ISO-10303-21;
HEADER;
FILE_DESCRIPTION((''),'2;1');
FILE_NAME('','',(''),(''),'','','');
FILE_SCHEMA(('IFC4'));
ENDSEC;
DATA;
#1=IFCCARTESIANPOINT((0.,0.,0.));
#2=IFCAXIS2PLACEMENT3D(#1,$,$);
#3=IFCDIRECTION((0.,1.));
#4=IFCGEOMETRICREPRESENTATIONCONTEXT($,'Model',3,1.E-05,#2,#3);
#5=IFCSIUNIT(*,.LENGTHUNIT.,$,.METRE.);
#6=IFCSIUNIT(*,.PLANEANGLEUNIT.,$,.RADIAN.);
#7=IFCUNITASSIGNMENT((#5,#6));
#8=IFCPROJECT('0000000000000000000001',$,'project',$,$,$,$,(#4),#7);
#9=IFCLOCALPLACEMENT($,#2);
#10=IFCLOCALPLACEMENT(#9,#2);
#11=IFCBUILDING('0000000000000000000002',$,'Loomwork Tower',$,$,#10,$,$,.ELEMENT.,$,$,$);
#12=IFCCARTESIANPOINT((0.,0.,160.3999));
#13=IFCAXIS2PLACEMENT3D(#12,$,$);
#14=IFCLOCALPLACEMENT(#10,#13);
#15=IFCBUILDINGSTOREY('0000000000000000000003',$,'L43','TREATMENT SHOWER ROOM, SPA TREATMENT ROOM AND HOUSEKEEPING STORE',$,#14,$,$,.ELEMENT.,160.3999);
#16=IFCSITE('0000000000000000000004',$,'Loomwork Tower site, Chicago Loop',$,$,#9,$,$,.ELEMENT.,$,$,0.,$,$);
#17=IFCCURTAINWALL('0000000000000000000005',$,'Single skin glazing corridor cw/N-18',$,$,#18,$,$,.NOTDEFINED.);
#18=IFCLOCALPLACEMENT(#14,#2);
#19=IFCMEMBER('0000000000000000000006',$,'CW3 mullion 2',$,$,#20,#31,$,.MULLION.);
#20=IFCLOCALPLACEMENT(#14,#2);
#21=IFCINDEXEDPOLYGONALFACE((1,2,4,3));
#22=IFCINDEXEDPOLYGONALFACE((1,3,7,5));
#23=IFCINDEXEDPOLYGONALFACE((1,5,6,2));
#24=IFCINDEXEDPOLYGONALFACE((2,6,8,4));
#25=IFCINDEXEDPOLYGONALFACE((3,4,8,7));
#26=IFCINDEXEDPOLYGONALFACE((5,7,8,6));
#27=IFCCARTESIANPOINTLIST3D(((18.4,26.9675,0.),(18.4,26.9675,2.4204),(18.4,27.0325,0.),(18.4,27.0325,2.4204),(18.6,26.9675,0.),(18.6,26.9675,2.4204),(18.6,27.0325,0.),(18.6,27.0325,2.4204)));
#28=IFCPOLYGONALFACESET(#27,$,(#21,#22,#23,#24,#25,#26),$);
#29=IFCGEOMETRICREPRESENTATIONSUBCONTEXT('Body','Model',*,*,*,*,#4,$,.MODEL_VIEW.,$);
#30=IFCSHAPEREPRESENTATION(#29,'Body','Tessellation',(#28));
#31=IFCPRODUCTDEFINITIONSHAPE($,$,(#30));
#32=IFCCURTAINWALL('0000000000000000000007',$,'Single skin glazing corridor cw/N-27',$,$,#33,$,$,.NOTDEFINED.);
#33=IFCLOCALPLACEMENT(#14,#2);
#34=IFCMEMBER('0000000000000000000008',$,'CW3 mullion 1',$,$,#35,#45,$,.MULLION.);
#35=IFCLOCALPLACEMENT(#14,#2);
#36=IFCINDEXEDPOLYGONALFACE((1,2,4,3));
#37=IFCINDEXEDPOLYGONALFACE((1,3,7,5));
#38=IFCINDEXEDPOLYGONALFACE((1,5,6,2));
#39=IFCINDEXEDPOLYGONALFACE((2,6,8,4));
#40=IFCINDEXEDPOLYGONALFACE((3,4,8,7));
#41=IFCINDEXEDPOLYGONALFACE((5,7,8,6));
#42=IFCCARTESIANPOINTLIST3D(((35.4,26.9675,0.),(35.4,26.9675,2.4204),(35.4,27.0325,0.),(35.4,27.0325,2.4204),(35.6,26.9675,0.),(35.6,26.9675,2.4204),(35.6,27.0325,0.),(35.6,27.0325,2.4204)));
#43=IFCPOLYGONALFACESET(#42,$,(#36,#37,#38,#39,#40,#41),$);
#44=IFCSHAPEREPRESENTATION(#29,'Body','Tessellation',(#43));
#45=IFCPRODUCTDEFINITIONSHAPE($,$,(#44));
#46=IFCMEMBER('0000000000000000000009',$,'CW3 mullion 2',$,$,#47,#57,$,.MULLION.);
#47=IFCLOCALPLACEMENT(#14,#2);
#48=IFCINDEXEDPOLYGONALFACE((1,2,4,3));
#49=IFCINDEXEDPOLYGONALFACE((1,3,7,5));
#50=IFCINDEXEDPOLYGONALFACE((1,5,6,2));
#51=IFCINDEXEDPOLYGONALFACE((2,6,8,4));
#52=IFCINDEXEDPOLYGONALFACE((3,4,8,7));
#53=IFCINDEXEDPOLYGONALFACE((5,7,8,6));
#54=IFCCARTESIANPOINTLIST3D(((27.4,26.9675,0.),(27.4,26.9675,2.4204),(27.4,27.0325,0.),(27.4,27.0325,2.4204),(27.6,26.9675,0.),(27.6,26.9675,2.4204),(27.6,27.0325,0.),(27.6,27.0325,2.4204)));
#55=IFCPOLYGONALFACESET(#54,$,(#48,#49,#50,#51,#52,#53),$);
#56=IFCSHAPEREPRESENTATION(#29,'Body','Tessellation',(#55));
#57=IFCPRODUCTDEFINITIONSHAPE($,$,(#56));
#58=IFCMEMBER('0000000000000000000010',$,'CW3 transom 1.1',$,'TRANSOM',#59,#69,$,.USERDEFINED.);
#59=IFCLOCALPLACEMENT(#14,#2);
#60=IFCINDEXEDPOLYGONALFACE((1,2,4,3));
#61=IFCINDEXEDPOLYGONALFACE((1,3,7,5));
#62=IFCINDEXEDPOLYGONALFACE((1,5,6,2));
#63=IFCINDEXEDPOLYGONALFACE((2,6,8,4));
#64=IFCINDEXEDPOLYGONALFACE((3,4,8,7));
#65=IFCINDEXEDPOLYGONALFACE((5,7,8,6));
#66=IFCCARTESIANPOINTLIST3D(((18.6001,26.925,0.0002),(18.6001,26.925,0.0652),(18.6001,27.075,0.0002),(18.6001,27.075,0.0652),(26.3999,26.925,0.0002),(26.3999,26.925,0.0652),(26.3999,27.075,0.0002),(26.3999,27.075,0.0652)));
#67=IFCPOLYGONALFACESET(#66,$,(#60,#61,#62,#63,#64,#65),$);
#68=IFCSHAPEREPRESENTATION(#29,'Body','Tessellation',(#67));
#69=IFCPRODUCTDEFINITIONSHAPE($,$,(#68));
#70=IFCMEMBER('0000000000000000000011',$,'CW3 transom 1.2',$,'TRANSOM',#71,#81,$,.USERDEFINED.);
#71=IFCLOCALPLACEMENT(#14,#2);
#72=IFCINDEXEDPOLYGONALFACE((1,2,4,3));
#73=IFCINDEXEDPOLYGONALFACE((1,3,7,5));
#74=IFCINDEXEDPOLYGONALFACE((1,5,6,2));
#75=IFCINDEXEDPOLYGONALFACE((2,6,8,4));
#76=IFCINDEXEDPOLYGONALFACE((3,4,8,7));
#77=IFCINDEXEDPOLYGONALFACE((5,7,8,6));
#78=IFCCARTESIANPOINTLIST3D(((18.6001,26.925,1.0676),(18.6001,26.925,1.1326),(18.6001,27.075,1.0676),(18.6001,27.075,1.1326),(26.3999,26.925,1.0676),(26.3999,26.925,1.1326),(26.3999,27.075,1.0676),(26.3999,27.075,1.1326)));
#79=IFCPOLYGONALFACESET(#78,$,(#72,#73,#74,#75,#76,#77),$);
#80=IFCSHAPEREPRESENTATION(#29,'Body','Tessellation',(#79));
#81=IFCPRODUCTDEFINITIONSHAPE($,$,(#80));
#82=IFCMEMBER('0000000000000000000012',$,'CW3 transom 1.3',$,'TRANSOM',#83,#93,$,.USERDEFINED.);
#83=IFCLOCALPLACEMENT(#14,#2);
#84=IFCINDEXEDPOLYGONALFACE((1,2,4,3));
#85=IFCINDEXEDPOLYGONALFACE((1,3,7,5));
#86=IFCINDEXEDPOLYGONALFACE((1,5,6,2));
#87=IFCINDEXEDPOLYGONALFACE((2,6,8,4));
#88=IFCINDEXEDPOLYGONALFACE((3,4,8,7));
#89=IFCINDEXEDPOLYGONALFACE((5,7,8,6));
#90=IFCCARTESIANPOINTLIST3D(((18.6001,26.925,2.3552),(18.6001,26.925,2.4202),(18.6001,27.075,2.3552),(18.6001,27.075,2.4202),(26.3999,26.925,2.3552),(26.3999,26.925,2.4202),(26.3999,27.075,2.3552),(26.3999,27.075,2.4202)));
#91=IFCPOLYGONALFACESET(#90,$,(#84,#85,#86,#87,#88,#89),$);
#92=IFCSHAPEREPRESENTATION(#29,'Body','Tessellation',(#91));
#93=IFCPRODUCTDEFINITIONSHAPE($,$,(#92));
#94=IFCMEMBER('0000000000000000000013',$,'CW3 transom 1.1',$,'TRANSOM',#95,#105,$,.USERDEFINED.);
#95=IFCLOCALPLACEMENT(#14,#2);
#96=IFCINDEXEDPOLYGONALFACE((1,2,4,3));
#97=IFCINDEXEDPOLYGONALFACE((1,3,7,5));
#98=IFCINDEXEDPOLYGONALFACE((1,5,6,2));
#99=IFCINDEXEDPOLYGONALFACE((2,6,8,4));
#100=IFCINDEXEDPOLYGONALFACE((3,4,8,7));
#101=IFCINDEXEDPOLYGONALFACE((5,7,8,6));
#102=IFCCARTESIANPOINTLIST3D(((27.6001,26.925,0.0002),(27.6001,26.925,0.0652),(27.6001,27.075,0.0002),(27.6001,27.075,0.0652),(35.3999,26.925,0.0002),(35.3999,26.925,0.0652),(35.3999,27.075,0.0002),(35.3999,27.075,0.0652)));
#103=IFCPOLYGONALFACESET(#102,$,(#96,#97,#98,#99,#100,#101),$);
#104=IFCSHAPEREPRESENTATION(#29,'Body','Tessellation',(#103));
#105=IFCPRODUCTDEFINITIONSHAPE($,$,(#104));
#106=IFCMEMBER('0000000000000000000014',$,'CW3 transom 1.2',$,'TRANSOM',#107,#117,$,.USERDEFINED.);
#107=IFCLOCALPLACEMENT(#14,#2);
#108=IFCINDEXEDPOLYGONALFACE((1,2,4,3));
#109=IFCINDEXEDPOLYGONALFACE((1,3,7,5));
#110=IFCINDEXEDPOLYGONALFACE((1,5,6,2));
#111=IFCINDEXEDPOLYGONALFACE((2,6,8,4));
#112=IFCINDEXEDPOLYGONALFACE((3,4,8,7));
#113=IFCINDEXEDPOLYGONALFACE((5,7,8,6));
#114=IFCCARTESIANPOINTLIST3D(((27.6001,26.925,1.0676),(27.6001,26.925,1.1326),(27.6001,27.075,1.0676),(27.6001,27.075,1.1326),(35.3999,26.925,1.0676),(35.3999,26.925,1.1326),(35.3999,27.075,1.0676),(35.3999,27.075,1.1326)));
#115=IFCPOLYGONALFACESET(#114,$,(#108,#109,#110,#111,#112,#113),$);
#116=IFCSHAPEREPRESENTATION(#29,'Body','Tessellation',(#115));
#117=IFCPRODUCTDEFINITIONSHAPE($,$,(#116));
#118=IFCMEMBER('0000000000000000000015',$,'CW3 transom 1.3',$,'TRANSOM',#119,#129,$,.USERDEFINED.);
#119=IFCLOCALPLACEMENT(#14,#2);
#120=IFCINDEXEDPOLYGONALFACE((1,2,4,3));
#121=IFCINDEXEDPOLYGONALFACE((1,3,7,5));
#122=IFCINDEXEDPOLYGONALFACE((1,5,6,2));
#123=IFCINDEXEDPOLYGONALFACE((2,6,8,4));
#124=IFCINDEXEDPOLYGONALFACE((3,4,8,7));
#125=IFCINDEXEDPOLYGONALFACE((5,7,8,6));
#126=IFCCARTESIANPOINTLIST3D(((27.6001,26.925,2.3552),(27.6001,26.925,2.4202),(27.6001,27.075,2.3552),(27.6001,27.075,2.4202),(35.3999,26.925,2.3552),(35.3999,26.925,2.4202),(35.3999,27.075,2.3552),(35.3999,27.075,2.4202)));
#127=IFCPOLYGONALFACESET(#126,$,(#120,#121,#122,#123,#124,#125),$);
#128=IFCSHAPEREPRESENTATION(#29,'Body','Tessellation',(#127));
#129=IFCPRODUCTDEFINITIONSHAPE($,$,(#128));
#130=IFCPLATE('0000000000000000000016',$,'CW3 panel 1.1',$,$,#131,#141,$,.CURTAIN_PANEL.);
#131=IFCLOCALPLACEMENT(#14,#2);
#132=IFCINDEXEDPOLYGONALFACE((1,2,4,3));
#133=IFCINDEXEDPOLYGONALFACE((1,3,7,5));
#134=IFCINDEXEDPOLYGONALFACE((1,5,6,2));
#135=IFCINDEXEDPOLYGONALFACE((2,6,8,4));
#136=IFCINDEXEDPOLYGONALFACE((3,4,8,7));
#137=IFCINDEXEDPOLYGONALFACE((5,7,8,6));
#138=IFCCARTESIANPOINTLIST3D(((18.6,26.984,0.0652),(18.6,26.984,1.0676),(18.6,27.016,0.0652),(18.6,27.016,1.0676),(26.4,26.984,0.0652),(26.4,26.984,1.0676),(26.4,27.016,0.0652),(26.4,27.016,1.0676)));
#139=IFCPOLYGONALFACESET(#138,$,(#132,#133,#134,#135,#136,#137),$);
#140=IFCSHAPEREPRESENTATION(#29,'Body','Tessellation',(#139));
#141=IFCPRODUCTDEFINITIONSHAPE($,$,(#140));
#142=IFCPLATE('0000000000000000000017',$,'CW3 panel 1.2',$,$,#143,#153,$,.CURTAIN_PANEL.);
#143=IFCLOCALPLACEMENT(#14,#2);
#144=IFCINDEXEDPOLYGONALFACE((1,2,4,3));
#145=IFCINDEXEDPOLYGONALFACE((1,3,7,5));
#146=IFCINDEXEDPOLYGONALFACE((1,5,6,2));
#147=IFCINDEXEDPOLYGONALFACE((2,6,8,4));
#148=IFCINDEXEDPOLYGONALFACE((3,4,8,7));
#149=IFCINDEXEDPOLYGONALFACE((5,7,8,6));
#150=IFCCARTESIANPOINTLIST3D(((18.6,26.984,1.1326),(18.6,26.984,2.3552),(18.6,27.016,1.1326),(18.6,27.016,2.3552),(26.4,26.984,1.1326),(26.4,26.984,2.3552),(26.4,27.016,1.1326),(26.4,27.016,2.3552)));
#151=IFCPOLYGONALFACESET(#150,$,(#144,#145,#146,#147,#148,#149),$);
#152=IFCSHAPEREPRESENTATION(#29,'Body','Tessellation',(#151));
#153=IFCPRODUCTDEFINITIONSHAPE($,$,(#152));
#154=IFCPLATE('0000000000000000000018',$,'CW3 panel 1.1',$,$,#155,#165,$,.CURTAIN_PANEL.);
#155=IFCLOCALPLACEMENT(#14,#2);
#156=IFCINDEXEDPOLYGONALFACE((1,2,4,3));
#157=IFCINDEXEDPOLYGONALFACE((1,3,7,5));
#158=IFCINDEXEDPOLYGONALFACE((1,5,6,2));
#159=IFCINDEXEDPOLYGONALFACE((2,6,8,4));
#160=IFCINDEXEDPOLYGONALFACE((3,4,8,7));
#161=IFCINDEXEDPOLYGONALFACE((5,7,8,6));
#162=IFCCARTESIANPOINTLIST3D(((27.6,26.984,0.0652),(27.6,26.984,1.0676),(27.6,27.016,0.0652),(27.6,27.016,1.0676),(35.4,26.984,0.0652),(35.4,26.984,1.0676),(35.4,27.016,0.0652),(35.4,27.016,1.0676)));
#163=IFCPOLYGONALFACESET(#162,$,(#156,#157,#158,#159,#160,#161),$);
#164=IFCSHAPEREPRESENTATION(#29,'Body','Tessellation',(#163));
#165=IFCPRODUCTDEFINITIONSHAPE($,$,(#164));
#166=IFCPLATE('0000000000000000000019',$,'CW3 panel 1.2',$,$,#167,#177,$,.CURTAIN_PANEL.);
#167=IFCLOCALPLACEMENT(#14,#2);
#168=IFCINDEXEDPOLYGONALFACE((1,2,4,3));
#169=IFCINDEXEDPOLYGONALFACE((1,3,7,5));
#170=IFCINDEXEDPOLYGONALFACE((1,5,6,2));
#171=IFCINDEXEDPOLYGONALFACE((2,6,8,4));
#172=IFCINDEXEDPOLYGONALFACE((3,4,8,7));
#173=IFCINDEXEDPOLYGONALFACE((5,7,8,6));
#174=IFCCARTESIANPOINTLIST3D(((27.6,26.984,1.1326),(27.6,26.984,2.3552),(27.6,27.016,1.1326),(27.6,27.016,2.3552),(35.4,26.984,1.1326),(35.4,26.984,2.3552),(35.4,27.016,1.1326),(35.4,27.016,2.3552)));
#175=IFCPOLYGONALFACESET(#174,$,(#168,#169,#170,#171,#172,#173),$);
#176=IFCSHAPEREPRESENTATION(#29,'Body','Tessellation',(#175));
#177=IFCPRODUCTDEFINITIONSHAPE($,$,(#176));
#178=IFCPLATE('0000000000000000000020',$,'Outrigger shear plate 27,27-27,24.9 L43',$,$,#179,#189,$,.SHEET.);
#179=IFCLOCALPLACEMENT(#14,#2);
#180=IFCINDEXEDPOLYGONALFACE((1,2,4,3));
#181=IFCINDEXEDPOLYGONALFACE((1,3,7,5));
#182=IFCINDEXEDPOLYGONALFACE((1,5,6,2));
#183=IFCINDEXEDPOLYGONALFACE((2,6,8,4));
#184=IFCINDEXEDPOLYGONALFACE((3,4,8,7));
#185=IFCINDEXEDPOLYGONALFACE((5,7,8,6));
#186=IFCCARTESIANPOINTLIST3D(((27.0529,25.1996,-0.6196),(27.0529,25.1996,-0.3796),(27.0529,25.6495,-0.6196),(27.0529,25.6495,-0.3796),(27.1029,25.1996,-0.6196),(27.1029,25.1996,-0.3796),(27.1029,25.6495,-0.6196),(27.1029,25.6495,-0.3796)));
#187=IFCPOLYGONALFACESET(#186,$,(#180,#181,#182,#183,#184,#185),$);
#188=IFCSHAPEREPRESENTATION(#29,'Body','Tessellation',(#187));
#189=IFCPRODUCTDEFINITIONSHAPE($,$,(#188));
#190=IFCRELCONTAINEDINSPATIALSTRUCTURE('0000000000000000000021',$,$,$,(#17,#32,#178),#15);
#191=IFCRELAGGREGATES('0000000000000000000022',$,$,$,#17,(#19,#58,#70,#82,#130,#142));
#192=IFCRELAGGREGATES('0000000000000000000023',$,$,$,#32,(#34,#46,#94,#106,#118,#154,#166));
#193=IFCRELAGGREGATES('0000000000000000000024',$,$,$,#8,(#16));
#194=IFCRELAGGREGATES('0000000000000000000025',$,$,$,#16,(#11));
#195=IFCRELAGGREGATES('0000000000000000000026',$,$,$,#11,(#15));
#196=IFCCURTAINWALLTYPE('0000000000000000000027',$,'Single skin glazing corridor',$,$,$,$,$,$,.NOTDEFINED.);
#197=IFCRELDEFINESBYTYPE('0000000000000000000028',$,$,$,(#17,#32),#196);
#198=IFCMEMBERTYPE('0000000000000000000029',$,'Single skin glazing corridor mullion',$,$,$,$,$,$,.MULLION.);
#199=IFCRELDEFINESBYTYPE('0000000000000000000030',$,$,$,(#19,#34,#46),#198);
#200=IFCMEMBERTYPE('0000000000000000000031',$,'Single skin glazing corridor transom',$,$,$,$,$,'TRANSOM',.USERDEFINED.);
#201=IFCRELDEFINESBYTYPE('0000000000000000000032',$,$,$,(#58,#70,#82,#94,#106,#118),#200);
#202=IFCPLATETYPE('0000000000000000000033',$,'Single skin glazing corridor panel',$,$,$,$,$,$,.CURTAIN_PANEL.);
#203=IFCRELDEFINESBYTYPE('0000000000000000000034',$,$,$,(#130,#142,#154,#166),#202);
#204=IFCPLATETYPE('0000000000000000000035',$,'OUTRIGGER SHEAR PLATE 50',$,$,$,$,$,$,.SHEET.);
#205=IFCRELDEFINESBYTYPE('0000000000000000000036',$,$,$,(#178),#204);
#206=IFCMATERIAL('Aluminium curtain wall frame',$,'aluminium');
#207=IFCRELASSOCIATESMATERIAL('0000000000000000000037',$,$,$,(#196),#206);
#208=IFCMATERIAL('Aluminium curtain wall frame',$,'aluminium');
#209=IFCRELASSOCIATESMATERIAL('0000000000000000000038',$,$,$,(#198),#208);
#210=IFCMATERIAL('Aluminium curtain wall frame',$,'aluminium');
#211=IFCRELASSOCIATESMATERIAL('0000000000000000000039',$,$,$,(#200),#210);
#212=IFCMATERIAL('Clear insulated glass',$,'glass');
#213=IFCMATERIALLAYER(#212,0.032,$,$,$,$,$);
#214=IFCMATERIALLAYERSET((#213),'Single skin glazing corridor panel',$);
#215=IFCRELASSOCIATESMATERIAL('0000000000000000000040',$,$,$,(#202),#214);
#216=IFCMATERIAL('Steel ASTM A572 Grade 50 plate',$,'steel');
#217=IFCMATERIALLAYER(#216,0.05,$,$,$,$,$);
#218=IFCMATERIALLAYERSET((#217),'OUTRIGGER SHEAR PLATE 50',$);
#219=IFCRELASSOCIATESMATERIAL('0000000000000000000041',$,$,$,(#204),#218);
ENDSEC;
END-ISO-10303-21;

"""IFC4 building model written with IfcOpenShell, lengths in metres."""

from ifc_helpers import new_model, si_unit, direction, frame, origin, origin_2d, place, context, subcontext, project, spatial, rectangle, extrude, material, layer, layer_set, material_profile, profile_set, type_object, element, aggregate, save


model = new_model("IFC4")

# Units and contexts
model_context = context("Model", 3, precision=1e-05, world=origin(), true_north=direction((0.0, 1.0)))
body_context = subcontext(model_context, "Body", "Model", "MODEL_VIEW")
ifc_project = project(units=[si_unit("LENGTHUNIT", "METRE"), si_unit("PLANEANGLEUNIT", "RADIAN")], contexts=[model_context])

# Site, building, storey
site_placement = place(None, origin())
site = spatial("IfcSite", under=ifc_project, at=site_placement, Name="Loomwork Tower site, Chicago Loop", CompositionType="ELEMENT", RefElevation=0.0)
building_placement = place(site_placement, origin())
building = spatial("IfcBuilding", under=site, at=building_placement, Name="Loomwork Tower", CompositionType="ELEMENT")
storey_placement = place(building_placement, frame((0.0, 0.0, 160.3999)))
storey = spatial("IfcBuildingStorey", under=building, at=storey_placement, Name="L43", Description="TREATMENT SHOWER ROOM, SPA TREATMENT ROOM AND HOUSEKEEPING STORE", CompositionType="ELEMENT", Elevation=160.3999)

# Curtain walls, members
ifc_material_1 = material(Name="Aluminium curtain wall frame", Category="aluminium")
curtain_wall_type = type_object("IfcCurtainWallType", Name="Single skin glazing corridor", PredefinedType="NOTDEFINED", material=ifc_material_1)
curtain_wall_1_placement = place(storey_placement, origin())
curtain_wall_1 = element("IfcCurtainWall", 1, at=curtain_wall_1_placement, inside=storey, type_object=curtain_wall_type, Name="Single skin glazing corridor cw/N-18", PredefinedType="NOTDEFINED")
ifc_material_2 = material(Name="Aluminium curtain wall frame", Category="aluminium")
ifc_material_profile_1 = material_profile(ifc_material_2, rectangle(XDim=0.0649, YDim=0.2, at=origin_2d()), Name="AL 65x200")
ifc_profile_set_1 = profile_set([ifc_material_profile_1], Name="Aluminium curtain wall frame")
member_type_1 = type_object("IfcMemberType", Name="Single skin glazing corridor mullion", PredefinedType="MULLION", material=ifc_profile_set_1)
member_1_placement = place(storey_placement, frame((18.5, 27.0, 0.0), z_axis=(0.0, 0.0, 1.0), x_axis=(0.0, -1.0, 0.0)))
member_1 = element("IfcMember", 2, at=member_1_placement, type_object=member_type_1, Name="CW3 mullion 2", PredefinedType="MULLION", context=body_context, shape_type="SweptSolid", body=[
    extrude(rectangle(XDim=0.0649, YDim=0.2, at=origin_2d()), origin(), (0.0, 0.0, 1.0), 2.4204),
])
curtain_wall_2_placement = place(storey_placement, origin())
curtain_wall_2 = element("IfcCurtainWall", 3, at=curtain_wall_2_placement, inside=storey, type_object=curtain_wall_type, Name="Single skin glazing corridor cw/N-27", PredefinedType="NOTDEFINED")
member_2_placement = place(storey_placement, frame((35.5, 27.0, 0.0), z_axis=(0.0, 0.0, 1.0), x_axis=(0.0, -1.0, 0.0)))
member_2 = element("IfcMember", 4, at=member_2_placement, type_object=member_type_1, Name="CW3 mullion 1", PredefinedType="MULLION", context=body_context, shape_type="SweptSolid", body=[
    extrude(rectangle(XDim=0.0649, YDim=0.2, at=origin_2d()), origin(), (0.0, 0.0, 1.0), 2.4204),
])
member_3_placement = place(storey_placement, frame((27.5, 27.0, 0.0), z_axis=(0.0, 0.0, 1.0), x_axis=(0.0, -1.0, 0.0)))
member_3 = element("IfcMember", 5, at=member_3_placement, type_object=member_type_1, Name="CW3 mullion 2", PredefinedType="MULLION", context=body_context, shape_type="SweptSolid", body=[
    extrude(rectangle(XDim=0.0649, YDim=0.2, at=origin_2d()), origin(), (0.0, 0.0, 1.0), 2.4204),
])

# Members
ifc_material_3 = material(Name="Aluminium curtain wall frame", Category="aluminium")
ifc_material_profile_2 = material_profile(ifc_material_3, rectangle(XDim=0.1499, YDim=0.0649, at=origin_2d()), Name="AL 65x150")
ifc_profile_set_2 = profile_set([ifc_material_profile_2], Name="Aluminium curtain wall frame")
member_type_2 = type_object("IfcMemberType", Name="Single skin glazing corridor transom", ElementType="TRANSOM", PredefinedType="USERDEFINED", material=ifc_profile_set_2)
member_4_placement = place(storey_placement, frame((26.3999, 27.0, 0.0327), z_axis=(-1.0, 0.0, 0.0), x_axis=(0.0, -1.0, 0.0)))
member_4 = element("IfcMember", 6, at=member_4_placement, type_object=member_type_2, Name="CW3 transom 1.1", ObjectType="TRANSOM", PredefinedType="USERDEFINED", context=body_context, shape_type="SweptSolid", body=[
    extrude(rectangle(XDim=0.1499, YDim=0.0649, at=origin_2d()), origin(), (0.0, 0.0, 1.0), 7.7998),
])
member_5_placement = place(storey_placement, frame((26.3999, 27.0, 1.1001), z_axis=(-1.0, 0.0, 0.0), x_axis=(0.0, -1.0, 0.0)))
member_5 = element("IfcMember", 7, at=member_5_placement, type_object=member_type_2, Name="CW3 transom 1.2", ObjectType="TRANSOM", PredefinedType="USERDEFINED", context=body_context, shape_type="SweptSolid", body=[
    extrude(rectangle(XDim=0.1499, YDim=0.0649, at=origin_2d()), origin(), (0.0, 0.0, 1.0), 7.7998),
])
member_6_placement = place(storey_placement, frame((26.3999, 27.0, 2.3877), z_axis=(-1.0, 0.0, 0.0), x_axis=(0.0, -1.0, 0.0)))
member_6 = element("IfcMember", 8, at=member_6_placement, type_object=member_type_2, Name="CW3 transom 1.3", ObjectType="TRANSOM", PredefinedType="USERDEFINED", context=body_context, shape_type="SweptSolid", body=[
    extrude(rectangle(XDim=0.1499, YDim=0.0649, at=origin_2d()), origin(), (0.0, 0.0, 1.0), 7.7998),
])
member_7_placement = place(storey_placement, frame((35.3999, 27.0, 0.0327), z_axis=(-1.0, 0.0, 0.0), x_axis=(0.0, -1.0, 0.0)))
member_7 = element("IfcMember", 9, at=member_7_placement, type_object=member_type_2, Name="CW3 transom 1.1", ObjectType="TRANSOM", PredefinedType="USERDEFINED", context=body_context, shape_type="SweptSolid", body=[
    extrude(rectangle(XDim=0.1499, YDim=0.0649, at=origin_2d()), origin(), (0.0, 0.0, 1.0), 7.7998),
])
member_8_placement = place(storey_placement, frame((35.3999, 27.0, 1.1001), z_axis=(-1.0, 0.0, 0.0), x_axis=(0.0, -1.0, 0.0)))
member_8 = element("IfcMember", 10, at=member_8_placement, type_object=member_type_2, Name="CW3 transom 1.2", ObjectType="TRANSOM", PredefinedType="USERDEFINED", context=body_context, shape_type="SweptSolid", body=[
    extrude(rectangle(XDim=0.1499, YDim=0.0649, at=origin_2d()), origin(), (0.0, 0.0, 1.0), 7.7998),
])
member_9_placement = place(storey_placement, frame((35.3999, 27.0, 2.3877), z_axis=(-1.0, 0.0, 0.0), x_axis=(0.0, -1.0, 0.0)))
member_9 = element("IfcMember", 11, at=member_9_placement, type_object=member_type_2, Name="CW3 transom 1.3", ObjectType="TRANSOM", PredefinedType="USERDEFINED", context=body_context, shape_type="SweptSolid", body=[
    extrude(rectangle(XDim=0.1499, YDim=0.0649, at=origin_2d()), origin(), (0.0, 0.0, 1.0), 7.7998),
])

# Plates
ifc_material_4 = material(Name="Clear insulated glass", Category="glass")
ifc_layer_1 = layer(ifc_material_4, 0.032)
ifc_layer_set_1 = layer_set([ifc_layer_1], Name="Single skin glazing corridor panel")
plate_type_1 = type_object("IfcPlateType", Name="Single skin glazing corridor panel", PredefinedType="CURTAIN_PANEL", material=ifc_layer_set_1)
plate_1_placement = place(storey_placement, frame((22.5, 27.0, 0.0652), z_axis=(0.0, 0.0, 1.0), x_axis=(-1.0, 0.0, 0.0)))
plate_1 = element("IfcPlate", 12, at=plate_1_placement, type_object=plate_type_1, Name="CW3 panel 1.1", PredefinedType="CURTAIN_PANEL", context=body_context, shape_type="SweptSolid", body=[
    extrude(rectangle(XDim=7.8, YDim=0.032, at=origin_2d()), origin(), (0.0, 0.0, 1.0), 1.0024),
])
plate_2_placement = place(storey_placement, frame((22.5, 27.0, 1.1326), z_axis=(0.0, 0.0, 1.0), x_axis=(-1.0, 0.0, 0.0)))
plate_2 = element("IfcPlate", 13, at=plate_2_placement, type_object=plate_type_1, Name="CW3 panel 1.2", PredefinedType="CURTAIN_PANEL", context=body_context, shape_type="SweptSolid", body=[
    extrude(rectangle(XDim=7.8, YDim=0.032, at=origin_2d()), origin(), (0.0, 0.0, 1.0), 1.2227),
])
aggregate(curtain_wall_1, [member_1, member_4, member_5, member_6, plate_1, plate_2])
plate_3_placement = place(storey_placement, frame((31.5, 27.0, 0.0652), z_axis=(0.0, 0.0, 1.0), x_axis=(-1.0, 0.0, 0.0)))
plate_3 = element("IfcPlate", 14, at=plate_3_placement, type_object=plate_type_1, Name="CW3 panel 1.1", PredefinedType="CURTAIN_PANEL", context=body_context, shape_type="SweptSolid", body=[
    extrude(rectangle(XDim=7.8, YDim=0.032, at=origin_2d()), origin(), (0.0, 0.0, 1.0), 1.0024),
])
plate_4_placement = place(storey_placement, frame((31.5, 27.0, 1.1326), z_axis=(0.0, 0.0, 1.0), x_axis=(-1.0, 0.0, 0.0)))
plate_4 = element("IfcPlate", 15, at=plate_4_placement, type_object=plate_type_1, Name="CW3 panel 1.2", PredefinedType="CURTAIN_PANEL", context=body_context, shape_type="SweptSolid", body=[
    extrude(rectangle(XDim=7.8, YDim=0.032, at=origin_2d()), origin(), (0.0, 0.0, 1.0), 1.2227),
])
aggregate(curtain_wall_2, [member_2, member_3, member_7, member_8, member_9, plate_3, plate_4])

# Plate
ifc_material_5 = material(Name="Steel ASTM A572 Grade 50 plate", Category="steel")
ifc_layer_2 = layer(ifc_material_5, 0.05)
ifc_layer_set_2 = layer_set([ifc_layer_2], Name="OUTRIGGER SHEAR PLATE 50")
plate_type_2 = type_object("IfcPlateType", Name="OUTRIGGER SHEAR PLATE 50", PredefinedType="SHEET", material=ifc_layer_set_2)
for number, where, z_axis, x_axis, name in (
    (16, (27.0779, 25.4246, -0.6196), (0.0, 0.0, 1.0), (0.0, 1.0, 0.0), "Outrigger shear plate 27,27-27,24.9 L43"),
):
    element("IfcPlate", number, at=place(storey_placement, frame(where, z_axis=z_axis, x_axis=x_axis)), inside=storey, type_object=plate_type_2, Name=name, PredefinedType="SHEET", context=body_context, shape_type="SweptSolid", body=[
        extrude(rectangle(XDim=0.45, YDim=0.05, at=origin_2d()), origin(), (0.0, 0.0, 1.0), 0.24),
    ])

save(model, "model.ifc")
